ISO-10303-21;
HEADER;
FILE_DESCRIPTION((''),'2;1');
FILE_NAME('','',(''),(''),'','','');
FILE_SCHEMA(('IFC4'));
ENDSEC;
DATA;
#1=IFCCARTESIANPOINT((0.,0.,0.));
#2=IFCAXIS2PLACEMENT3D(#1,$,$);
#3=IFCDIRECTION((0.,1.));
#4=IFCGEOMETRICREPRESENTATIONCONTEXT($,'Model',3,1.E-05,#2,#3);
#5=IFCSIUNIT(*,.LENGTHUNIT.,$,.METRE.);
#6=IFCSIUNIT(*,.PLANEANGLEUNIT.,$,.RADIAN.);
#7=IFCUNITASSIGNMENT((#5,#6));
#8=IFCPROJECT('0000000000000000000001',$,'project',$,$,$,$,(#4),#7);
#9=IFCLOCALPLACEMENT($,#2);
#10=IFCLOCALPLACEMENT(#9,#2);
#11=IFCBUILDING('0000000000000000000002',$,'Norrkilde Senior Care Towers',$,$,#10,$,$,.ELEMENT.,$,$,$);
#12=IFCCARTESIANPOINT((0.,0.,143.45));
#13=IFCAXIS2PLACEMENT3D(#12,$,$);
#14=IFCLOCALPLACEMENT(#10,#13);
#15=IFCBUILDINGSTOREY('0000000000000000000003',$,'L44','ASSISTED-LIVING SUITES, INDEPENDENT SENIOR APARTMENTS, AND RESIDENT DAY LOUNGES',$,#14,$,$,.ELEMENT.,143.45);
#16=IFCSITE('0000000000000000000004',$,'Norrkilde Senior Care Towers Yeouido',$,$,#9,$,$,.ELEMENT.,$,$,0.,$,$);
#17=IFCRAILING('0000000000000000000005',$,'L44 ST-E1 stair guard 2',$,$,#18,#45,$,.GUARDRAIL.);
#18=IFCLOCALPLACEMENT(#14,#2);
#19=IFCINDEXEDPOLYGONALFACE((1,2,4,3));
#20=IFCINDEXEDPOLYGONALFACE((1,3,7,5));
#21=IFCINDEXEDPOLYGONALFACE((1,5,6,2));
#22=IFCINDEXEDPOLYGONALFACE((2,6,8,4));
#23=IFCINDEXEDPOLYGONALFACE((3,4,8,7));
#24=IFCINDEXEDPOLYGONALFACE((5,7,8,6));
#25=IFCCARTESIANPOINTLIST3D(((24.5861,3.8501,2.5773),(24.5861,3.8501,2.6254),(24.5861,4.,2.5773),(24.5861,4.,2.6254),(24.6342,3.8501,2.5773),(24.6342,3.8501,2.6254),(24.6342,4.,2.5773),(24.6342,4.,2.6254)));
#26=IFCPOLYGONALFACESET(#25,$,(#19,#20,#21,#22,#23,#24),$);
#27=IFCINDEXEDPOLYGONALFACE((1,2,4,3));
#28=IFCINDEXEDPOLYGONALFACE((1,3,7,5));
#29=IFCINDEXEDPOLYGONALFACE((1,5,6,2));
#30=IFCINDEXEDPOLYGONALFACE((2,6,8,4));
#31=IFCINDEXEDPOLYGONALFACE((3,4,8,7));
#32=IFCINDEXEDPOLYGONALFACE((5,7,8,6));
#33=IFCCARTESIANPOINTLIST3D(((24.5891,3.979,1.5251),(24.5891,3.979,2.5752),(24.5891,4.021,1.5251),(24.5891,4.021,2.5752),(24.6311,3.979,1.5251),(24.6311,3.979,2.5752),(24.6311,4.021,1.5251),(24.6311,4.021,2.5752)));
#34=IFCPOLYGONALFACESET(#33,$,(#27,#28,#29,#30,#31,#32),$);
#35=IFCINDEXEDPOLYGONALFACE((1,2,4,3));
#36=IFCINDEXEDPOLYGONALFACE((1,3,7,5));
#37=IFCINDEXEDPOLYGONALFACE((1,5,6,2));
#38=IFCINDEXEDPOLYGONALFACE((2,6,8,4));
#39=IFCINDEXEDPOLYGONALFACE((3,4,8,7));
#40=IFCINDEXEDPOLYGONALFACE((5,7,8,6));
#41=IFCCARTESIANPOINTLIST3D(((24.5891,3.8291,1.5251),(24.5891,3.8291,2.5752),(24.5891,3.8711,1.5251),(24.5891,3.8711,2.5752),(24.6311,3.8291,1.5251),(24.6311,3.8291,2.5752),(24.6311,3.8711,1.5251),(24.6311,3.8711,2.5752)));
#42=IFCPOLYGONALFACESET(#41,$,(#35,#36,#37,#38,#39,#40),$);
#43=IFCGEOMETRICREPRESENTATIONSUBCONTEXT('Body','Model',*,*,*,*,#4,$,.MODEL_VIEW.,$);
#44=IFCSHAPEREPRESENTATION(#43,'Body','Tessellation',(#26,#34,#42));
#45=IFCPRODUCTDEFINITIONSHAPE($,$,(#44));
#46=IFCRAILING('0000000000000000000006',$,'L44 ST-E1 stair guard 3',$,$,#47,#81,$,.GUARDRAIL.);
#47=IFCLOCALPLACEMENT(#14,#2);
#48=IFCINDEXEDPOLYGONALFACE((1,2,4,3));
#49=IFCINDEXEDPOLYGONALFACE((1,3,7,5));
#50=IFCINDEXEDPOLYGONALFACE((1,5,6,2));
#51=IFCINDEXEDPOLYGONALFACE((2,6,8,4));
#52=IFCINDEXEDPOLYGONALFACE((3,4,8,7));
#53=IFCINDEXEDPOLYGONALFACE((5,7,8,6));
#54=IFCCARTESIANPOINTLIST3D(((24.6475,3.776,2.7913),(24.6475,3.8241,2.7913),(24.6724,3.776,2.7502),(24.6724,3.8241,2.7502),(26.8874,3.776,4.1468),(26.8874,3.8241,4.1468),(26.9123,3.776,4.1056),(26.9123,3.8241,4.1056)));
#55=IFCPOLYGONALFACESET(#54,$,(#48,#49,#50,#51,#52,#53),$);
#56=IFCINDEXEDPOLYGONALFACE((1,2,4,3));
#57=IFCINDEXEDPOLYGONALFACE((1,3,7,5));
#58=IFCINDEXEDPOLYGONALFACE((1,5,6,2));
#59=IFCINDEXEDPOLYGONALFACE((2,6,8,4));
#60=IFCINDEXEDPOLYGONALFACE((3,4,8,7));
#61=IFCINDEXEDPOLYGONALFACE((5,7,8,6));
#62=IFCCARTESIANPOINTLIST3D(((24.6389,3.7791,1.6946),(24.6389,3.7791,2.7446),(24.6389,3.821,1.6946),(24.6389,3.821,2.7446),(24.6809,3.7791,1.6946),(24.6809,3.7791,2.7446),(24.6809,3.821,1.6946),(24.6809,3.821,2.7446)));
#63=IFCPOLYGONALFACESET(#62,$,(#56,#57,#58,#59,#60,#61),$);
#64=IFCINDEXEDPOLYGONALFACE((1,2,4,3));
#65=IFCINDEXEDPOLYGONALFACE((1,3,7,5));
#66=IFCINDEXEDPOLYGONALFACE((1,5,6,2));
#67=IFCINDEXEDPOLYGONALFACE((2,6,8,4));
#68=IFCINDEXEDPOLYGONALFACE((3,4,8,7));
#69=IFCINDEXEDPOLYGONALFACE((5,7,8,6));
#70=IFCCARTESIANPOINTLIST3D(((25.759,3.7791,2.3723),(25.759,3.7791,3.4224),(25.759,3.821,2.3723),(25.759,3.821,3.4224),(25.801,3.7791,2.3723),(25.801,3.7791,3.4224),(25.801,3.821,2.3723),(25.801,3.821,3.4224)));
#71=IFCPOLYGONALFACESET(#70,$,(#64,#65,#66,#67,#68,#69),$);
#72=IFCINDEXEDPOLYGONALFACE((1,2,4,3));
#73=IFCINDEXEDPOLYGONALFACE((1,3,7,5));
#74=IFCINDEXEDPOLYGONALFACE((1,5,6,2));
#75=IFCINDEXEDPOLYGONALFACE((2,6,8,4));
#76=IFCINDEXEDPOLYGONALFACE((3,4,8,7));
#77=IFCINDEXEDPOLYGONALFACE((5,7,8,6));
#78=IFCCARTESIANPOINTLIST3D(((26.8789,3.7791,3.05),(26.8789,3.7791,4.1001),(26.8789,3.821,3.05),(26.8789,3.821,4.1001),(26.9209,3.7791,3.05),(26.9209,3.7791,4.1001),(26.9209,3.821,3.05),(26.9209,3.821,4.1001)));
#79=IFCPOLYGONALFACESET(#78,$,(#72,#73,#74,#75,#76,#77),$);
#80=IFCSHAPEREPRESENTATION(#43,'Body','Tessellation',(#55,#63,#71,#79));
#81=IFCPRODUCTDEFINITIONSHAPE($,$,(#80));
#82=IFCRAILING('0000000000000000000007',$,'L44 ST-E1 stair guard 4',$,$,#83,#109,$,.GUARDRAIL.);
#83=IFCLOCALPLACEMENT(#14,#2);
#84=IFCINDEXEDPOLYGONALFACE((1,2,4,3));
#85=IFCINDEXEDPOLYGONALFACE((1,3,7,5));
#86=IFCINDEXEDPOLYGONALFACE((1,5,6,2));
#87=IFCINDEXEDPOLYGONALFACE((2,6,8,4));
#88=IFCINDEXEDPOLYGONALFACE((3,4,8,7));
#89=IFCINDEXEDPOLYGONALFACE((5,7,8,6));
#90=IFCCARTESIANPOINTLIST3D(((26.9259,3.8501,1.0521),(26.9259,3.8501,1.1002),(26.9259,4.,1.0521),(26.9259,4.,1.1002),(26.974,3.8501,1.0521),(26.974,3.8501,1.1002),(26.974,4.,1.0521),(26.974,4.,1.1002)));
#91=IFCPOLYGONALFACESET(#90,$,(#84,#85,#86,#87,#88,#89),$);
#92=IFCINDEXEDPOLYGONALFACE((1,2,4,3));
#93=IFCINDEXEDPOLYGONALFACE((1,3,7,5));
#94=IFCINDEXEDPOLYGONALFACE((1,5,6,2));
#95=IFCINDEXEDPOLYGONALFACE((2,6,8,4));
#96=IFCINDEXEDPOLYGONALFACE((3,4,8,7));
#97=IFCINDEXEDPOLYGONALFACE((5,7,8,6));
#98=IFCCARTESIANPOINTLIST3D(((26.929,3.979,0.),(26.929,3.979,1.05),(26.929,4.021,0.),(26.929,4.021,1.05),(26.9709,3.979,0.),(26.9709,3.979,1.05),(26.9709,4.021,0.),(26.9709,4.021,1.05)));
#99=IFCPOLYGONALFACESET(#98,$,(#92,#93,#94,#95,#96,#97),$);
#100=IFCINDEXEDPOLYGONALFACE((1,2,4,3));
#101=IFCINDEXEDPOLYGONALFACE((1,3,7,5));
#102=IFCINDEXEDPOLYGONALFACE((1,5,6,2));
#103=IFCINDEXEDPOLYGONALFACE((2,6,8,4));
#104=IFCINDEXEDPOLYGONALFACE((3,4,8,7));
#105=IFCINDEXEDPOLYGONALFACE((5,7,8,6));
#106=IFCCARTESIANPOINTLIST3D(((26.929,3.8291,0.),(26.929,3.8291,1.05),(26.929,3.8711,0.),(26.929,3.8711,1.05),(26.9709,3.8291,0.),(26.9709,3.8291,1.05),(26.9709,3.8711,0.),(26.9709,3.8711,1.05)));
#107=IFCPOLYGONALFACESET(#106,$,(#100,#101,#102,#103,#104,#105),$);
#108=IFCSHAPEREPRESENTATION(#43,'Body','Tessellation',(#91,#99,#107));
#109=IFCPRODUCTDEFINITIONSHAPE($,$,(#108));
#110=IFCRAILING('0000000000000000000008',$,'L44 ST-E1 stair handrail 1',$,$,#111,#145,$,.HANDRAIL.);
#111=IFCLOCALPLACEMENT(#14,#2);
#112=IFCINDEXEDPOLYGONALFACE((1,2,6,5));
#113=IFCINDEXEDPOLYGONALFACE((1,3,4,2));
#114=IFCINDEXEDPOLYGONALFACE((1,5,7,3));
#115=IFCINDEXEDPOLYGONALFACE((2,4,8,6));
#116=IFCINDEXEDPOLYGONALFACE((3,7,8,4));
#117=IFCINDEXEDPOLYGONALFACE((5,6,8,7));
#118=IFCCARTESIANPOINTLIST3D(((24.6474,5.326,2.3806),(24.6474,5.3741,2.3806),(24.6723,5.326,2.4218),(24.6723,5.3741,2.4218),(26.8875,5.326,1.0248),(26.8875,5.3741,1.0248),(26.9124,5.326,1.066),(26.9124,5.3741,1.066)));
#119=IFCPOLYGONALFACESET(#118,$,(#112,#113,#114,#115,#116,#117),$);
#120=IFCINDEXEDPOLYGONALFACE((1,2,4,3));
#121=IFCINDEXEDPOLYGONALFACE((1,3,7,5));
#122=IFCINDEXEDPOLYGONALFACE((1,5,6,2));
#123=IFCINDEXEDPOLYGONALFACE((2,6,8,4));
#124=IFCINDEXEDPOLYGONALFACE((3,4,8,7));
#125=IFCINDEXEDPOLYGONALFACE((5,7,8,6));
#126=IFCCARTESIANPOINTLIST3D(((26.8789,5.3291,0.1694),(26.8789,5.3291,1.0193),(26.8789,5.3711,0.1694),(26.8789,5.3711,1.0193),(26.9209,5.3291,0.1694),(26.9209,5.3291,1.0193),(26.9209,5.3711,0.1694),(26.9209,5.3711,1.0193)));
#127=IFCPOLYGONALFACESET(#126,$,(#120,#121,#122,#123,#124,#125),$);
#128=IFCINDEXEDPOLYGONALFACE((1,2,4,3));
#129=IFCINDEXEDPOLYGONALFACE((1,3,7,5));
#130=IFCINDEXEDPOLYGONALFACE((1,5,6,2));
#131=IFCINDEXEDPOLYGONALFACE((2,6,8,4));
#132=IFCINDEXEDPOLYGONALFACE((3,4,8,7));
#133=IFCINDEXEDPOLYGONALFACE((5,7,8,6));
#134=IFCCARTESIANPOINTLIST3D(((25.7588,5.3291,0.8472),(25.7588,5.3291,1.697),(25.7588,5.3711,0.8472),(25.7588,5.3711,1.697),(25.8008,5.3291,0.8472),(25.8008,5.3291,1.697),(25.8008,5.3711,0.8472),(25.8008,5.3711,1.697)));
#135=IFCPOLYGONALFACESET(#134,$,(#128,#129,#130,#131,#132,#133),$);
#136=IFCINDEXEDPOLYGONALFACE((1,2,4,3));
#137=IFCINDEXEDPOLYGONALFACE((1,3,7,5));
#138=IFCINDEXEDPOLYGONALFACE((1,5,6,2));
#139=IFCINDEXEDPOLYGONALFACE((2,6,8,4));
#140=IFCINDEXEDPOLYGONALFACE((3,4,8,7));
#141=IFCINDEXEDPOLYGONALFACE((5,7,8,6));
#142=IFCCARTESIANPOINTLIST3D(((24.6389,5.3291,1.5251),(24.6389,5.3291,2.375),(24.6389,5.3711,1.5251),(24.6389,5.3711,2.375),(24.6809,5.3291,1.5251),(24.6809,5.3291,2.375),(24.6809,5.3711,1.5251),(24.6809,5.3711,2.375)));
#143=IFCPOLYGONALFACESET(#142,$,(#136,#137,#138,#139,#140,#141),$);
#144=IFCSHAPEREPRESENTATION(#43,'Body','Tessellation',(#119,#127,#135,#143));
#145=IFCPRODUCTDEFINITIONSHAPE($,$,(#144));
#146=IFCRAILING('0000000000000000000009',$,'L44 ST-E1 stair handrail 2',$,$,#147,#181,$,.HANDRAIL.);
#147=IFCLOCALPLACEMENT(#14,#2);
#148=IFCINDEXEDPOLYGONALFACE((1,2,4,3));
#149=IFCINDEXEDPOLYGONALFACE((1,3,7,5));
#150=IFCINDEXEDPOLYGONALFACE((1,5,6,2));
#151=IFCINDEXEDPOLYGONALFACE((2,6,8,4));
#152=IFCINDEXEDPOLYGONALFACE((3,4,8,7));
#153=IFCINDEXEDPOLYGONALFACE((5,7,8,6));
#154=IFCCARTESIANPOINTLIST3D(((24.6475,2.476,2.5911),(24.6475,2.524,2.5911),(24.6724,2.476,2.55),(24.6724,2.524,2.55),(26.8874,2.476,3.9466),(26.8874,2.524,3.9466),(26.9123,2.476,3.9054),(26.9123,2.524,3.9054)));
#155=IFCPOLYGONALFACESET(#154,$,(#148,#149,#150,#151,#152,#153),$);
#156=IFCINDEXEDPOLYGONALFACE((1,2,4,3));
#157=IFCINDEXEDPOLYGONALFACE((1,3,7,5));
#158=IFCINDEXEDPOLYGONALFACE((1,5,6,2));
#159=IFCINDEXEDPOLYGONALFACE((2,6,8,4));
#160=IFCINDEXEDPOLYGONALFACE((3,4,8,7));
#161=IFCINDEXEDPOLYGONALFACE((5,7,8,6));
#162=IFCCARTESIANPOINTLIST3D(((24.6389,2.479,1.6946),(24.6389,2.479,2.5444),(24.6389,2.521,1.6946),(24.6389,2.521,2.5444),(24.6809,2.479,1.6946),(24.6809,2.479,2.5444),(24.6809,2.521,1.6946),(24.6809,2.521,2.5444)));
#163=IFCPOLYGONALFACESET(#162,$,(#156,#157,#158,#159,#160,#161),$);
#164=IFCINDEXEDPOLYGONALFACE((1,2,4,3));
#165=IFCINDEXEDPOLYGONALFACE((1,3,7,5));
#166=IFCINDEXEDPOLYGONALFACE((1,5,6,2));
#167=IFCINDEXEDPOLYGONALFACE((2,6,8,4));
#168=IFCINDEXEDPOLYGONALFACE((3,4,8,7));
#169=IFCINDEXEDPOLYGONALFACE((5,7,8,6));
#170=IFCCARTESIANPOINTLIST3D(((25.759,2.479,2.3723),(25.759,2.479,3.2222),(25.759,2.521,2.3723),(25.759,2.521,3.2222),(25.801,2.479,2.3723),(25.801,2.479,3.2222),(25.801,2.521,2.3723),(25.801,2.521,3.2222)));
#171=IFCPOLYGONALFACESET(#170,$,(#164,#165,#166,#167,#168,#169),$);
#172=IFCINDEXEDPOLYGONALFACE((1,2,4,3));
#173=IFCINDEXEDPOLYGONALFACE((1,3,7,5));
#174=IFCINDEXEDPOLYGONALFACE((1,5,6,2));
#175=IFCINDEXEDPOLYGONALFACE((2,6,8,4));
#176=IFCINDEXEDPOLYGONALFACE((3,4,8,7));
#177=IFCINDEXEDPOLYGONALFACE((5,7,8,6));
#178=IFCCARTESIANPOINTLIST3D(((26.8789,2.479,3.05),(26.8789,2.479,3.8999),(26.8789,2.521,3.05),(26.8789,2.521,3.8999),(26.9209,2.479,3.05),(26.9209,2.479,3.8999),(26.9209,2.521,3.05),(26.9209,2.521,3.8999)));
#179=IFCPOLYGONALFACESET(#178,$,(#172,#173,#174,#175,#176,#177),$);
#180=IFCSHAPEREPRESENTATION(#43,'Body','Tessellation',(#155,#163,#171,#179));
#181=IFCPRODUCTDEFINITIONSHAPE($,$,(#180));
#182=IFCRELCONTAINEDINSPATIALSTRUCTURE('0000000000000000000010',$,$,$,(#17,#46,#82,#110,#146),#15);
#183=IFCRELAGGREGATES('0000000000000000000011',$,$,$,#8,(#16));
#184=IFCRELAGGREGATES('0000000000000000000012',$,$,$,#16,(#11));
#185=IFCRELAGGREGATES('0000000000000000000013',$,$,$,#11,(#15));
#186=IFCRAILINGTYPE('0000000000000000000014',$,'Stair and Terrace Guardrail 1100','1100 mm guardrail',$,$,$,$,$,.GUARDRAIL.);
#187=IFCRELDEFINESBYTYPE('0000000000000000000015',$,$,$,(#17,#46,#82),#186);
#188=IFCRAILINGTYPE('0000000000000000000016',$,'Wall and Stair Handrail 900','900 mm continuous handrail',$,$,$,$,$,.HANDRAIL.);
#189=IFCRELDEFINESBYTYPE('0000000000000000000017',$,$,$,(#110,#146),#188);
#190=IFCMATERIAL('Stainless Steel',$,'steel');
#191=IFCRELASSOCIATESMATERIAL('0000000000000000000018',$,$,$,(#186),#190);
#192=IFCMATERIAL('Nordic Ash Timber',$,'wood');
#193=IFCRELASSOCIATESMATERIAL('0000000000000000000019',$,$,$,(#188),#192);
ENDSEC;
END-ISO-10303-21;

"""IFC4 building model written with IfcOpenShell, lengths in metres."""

from ifc_helpers import new_model, si_unit, direction, frame, origin, origin_2d, place, context, subcontext, project, spatial, rectangle, extrude, material, type_object, element, save


model = new_model("IFC4")

# Units and contexts
model_context = context("Model", 3, precision=1e-05, world=origin(), true_north=direction((0.0, 1.0)))
body_context = subcontext(model_context, "Body", "Model", "MODEL_VIEW")
ifc_project = project(units=[si_unit("LENGTHUNIT", "METRE"), si_unit("PLANEANGLEUNIT", "RADIAN")], contexts=[model_context])

# Site, building, storey
site_placement = place(None, origin())
site = spatial("IfcSite", under=ifc_project, at=site_placement, Name="Norrkilde Senior Care Towers Yeouido", CompositionType="ELEMENT", RefElevation=0.0)
building_placement = place(site_placement, origin())
building = spatial("IfcBuilding", under=site, at=building_placement, Name="Norrkilde Senior Care Towers", CompositionType="ELEMENT")
storey_placement = place(building_placement, frame((0.0, 0.0, 143.45)))
storey = spatial("IfcBuildingStorey", under=building, at=storey_placement, Name="L44", Description="ASSISTED-LIVING SUITES, INDEPENDENT SENIOR APARTMENTS, AND RESIDENT DAY LOUNGES", CompositionType="ELEMENT", Elevation=143.45)

# Shared definitions
ifc_material_1 = material(Name="Nordic Ash Timber", Category="wood")

# Railings
ifc_material_2 = material(Name="Stainless Steel", Category="steel")
railing_type_1 = type_object("IfcRailingType", Name="Stair and Terrace Guardrail 1100", Description="1100 mm guardrail", PredefinedType="GUARDRAIL", material=ifc_material_2)
railing_1_placement = place(storey_placement, frame((24.6101, 4.0, 1.5251)))
element("IfcRailing", 1, at=railing_1_placement, inside=storey, type_object=railing_type_1, Name="L44 ST-E1 stair guard 2", PredefinedType="GUARDRAIL", context=body_context, shape_type="SweptSolid", body=[
    extrude(rectangle(XDim=0.0481, YDim=0.0481, at=origin_2d()), frame((0.0, 0.0, 1.0762), z_axis=(0.0, -1.0, 0.0), x_axis=(1.0, 0.0, 0.0)), (0.0, 0.0, 1.0), 0.1499),
    extrude(rectangle(XDim=0.042, YDim=0.042, at=origin_2d()), origin(), (0.0, 0.0, 1.0), 1.05),
    extrude(rectangle(XDim=0.042, YDim=0.042, at=origin_2d()), frame((0.0, -0.1499, 0.0)), (0.0, 0.0, 1.0), 1.05),
])
railing_2_placement = place(storey_placement, frame((24.6599, 3.8, 1.6946)))
element("IfcRailing", 2, at=railing_2_placement, inside=storey, type_object=railing_type_1, Name="L44 ST-E1 stair guard 3", PredefinedType="GUARDRAIL", context=body_context, shape_type="SweptSolid", body=[
    extrude(rectangle(XDim=0.0481, YDim=0.0481, at=origin_2d()), frame((0.0, 0.0, 1.0762), z_axis=(0.855553, 0.0, 0.517715), x_axis=(0.0, 1.0, 0.0)), (0.0, 0.0, 1.0), 2.6182),
    extrude(rectangle(XDim=0.042, YDim=0.042, at=origin_2d()), origin(), (0.0, 0.0, 1.0), 1.05),
    extrude(rectangle(XDim=0.042, YDim=0.042, at=origin_2d()), frame((1.1201, 0.0, 0.6777)), (0.0, 0.0, 1.0), 1.05),
    extrude(rectangle(XDim=0.042, YDim=0.042, at=origin_2d()), frame((2.24, 0.0, 1.3555)), (0.0, 0.0, 1.0), 1.05),
])
railing_3_placement = place(storey_placement, frame((26.95, 4.0, 0.0)))
element("IfcRailing", 3, at=railing_3_placement, inside=storey, type_object=railing_type_1, Name="L44 ST-E1 stair guard 4", PredefinedType="GUARDRAIL", context=body_context, shape_type="SweptSolid", body=[
    extrude(rectangle(XDim=0.0481, YDim=0.0481, at=origin_2d()), frame((0.0, 0.0, 1.0762), z_axis=(0.0, -1.0, 0.0), x_axis=(1.0, 0.0, 0.0)), (0.0, 0.0, 1.0), 0.1499),
    extrude(rectangle(XDim=0.042, YDim=0.042, at=origin_2d()), origin(), (0.0, 0.0, 1.0), 1.05),
    extrude(rectangle(XDim=0.042, YDim=0.042, at=origin_2d()), frame((0.0, -0.1499, 0.0)), (0.0, 0.0, 1.0), 1.05),
])
railing_type_2 = type_object("IfcRailingType", Name="Wall and Stair Handrail 900", Description="900 mm continuous handrail", PredefinedType="HANDRAIL", material=ifc_material_1)
railing_4_placement = place(storey_placement, frame((26.8999, 5.3501, 0.1694)))
element("IfcRailing", 4, at=railing_4_placement, inside=storey, type_object=railing_type_2, Name="L44 ST-E1 stair handrail 1", PredefinedType="HANDRAIL", context=body_context, shape_type="SweptSolid", body=[
    extrude(rectangle(XDim=0.0481, YDim=0.0481, at=origin_2d()), frame((0.0, 0.0, 0.876), z_axis=(-0.855512, 0.0, 0.517783), x_axis=(0.0, -1.0, 0.0)), (0.0, 0.0, 1.0), 2.6184),
    extrude(rectangle(XDim=0.042, YDim=0.042, at=origin_2d()), origin(), (0.0, 0.0, 1.0), 0.8499),
    extrude(rectangle(XDim=0.042, YDim=0.042, at=origin_2d()), frame((-1.1201, 0.0, 0.6777)), (0.0, 0.0, 1.0), 0.8499),
    extrude(rectangle(XDim=0.042, YDim=0.042, at=origin_2d()), frame((-2.24, 0.0, 1.3557)), (0.0, 0.0, 1.0), 0.8499),
])
railing_5_placement = place(storey_placement, frame((24.6599, 2.5, 1.6946)))
element("IfcRailing", 5, at=railing_5_placement, inside=storey, type_object=railing_type_2, Name="L44 ST-E1 stair handrail 2", PredefinedType="HANDRAIL", context=body_context, shape_type="SweptSolid", body=[
    extrude(rectangle(XDim=0.0481, YDim=0.0481, at=origin_2d()), frame((0.0, 0.0, 0.876), z_axis=(0.855553, 0.0, 0.517715), x_axis=(0.0, 1.0, 0.0)), (0.0, 0.0, 1.0), 2.6182),
    extrude(rectangle(XDim=0.042, YDim=0.042, at=origin_2d()), origin(), (0.0, 0.0, 1.0), 0.8499),
    extrude(rectangle(XDim=0.042, YDim=0.042, at=origin_2d()), frame((1.1201, 0.0, 0.6777)), (0.0, 0.0, 1.0), 0.8499),
    extrude(rectangle(XDim=0.042, YDim=0.042, at=origin_2d()), frame((2.24, 0.0, 1.3555)), (0.0, 0.0, 1.0), 0.8499),
])

save(model, "model.ifc")
